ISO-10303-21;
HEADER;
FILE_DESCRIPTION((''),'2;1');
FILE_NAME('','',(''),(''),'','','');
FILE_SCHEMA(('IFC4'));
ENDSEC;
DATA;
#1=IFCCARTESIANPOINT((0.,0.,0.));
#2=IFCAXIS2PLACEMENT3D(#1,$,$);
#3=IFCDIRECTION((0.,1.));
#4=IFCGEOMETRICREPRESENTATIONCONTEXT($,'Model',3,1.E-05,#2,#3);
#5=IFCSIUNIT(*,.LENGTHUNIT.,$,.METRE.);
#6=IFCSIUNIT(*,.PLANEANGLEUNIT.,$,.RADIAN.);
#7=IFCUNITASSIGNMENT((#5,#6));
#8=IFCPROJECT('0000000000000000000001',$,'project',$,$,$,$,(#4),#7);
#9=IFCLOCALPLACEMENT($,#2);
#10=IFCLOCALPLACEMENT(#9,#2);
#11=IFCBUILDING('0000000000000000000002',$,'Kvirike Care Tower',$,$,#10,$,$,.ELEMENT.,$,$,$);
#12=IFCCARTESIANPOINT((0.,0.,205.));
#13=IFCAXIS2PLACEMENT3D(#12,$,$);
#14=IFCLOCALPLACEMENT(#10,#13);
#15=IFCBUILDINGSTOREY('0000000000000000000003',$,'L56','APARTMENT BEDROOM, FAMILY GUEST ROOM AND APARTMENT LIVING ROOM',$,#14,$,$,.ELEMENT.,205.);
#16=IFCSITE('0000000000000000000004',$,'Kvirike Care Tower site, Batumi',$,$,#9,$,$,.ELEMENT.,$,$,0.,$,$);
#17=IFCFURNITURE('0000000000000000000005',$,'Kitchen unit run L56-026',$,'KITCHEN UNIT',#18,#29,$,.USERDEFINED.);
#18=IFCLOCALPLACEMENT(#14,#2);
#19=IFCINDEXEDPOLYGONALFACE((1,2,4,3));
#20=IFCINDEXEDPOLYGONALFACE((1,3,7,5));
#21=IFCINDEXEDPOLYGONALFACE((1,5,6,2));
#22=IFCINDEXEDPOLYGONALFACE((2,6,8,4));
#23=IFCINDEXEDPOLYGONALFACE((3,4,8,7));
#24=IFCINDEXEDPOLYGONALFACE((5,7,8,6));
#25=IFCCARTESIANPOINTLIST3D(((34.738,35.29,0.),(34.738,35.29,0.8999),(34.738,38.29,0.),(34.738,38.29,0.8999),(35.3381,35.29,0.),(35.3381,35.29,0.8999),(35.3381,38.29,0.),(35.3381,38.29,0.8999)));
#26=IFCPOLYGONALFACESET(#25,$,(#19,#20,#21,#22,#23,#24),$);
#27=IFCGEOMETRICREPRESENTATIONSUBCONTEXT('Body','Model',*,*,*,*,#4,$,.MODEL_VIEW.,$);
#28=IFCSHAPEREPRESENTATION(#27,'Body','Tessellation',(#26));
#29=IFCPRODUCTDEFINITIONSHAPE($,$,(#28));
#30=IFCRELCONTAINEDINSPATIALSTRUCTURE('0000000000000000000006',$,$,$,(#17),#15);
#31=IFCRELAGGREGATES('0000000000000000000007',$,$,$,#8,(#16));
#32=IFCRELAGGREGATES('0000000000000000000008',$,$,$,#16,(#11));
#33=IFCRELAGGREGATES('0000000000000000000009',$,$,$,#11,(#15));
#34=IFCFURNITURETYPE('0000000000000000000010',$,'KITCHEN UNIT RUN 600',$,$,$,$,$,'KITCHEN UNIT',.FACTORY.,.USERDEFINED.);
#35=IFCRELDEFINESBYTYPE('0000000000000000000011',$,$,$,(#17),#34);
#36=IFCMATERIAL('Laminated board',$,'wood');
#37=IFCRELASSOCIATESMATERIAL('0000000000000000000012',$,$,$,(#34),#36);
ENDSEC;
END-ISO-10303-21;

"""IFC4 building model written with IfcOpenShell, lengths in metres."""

from ifc_helpers import new_model, si_unit, direction, frame, origin, origin_2d, place, context, subcontext, project, spatial, rectangle, extrude, material, type_object, element, save


model = new_model("IFC4")

# Units and contexts
model_context = context("Model", 3, precision=1e-05, world=origin(), true_north=direction((0.0, 1.0)))
body_context = subcontext(model_context, "Body", "Model", "MODEL_VIEW")
ifc_project = project(units=[si_unit("LENGTHUNIT", "METRE"), si_unit("PLANEANGLEUNIT", "RADIAN")], contexts=[model_context])

# Site, building, storey
site_placement = place(None, origin())
site = spatial("IfcSite", under=ifc_project, at=site_placement, Name="Kvirike Care Tower site, Batumi", CompositionType="ELEMENT", RefElevation=0.0)
building_placement = place(site_placement, origin())
building = spatial("IfcBuilding", under=site, at=building_placement, Name="Kvirike Care Tower", CompositionType="ELEMENT")
storey_placement = place(building_placement, frame((0.0, 0.0, 205.0)))
storey = spatial("IfcBuildingStorey", under=building, at=storey_placement, Name="L56", Description="APARTMENT BEDROOM, FAMILY GUEST ROOM AND APARTMENT LIVING ROOM", CompositionType="ELEMENT", Elevation=205.0)

# Furniture
ifc_material_1 = material(Name="Laminated board", Category="wood")
furniture_type_1 = type_object("IfcFurnitureType", Name="KITCHEN UNIT RUN 600", ElementType="KITCHEN UNIT", AssemblyPlace="FACTORY", PredefinedType="USERDEFINED", material=ifc_material_1)
furniture_1_placement = place(storey_placement, frame((35.0381, 36.79, 0.0), z_axis=(0.0, 0.0, 1.0), x_axis=(0.0, -1.0, 0.0)))
element("IfcFurniture", 1, at=furniture_1_placement, inside=storey, type_object=furniture_type_1, Name="Kitchen unit run L56-026", ObjectType="KITCHEN UNIT", PredefinedType="USERDEFINED", context=body_context, shape_type="SweptSolid", body=[
    extrude(rectangle(XDim=3.0, YDim=0.6001, at=origin_2d()), origin(), (0.0, 0.0, 1.0), 0.8999),
])

save(model, "model.ifc")
